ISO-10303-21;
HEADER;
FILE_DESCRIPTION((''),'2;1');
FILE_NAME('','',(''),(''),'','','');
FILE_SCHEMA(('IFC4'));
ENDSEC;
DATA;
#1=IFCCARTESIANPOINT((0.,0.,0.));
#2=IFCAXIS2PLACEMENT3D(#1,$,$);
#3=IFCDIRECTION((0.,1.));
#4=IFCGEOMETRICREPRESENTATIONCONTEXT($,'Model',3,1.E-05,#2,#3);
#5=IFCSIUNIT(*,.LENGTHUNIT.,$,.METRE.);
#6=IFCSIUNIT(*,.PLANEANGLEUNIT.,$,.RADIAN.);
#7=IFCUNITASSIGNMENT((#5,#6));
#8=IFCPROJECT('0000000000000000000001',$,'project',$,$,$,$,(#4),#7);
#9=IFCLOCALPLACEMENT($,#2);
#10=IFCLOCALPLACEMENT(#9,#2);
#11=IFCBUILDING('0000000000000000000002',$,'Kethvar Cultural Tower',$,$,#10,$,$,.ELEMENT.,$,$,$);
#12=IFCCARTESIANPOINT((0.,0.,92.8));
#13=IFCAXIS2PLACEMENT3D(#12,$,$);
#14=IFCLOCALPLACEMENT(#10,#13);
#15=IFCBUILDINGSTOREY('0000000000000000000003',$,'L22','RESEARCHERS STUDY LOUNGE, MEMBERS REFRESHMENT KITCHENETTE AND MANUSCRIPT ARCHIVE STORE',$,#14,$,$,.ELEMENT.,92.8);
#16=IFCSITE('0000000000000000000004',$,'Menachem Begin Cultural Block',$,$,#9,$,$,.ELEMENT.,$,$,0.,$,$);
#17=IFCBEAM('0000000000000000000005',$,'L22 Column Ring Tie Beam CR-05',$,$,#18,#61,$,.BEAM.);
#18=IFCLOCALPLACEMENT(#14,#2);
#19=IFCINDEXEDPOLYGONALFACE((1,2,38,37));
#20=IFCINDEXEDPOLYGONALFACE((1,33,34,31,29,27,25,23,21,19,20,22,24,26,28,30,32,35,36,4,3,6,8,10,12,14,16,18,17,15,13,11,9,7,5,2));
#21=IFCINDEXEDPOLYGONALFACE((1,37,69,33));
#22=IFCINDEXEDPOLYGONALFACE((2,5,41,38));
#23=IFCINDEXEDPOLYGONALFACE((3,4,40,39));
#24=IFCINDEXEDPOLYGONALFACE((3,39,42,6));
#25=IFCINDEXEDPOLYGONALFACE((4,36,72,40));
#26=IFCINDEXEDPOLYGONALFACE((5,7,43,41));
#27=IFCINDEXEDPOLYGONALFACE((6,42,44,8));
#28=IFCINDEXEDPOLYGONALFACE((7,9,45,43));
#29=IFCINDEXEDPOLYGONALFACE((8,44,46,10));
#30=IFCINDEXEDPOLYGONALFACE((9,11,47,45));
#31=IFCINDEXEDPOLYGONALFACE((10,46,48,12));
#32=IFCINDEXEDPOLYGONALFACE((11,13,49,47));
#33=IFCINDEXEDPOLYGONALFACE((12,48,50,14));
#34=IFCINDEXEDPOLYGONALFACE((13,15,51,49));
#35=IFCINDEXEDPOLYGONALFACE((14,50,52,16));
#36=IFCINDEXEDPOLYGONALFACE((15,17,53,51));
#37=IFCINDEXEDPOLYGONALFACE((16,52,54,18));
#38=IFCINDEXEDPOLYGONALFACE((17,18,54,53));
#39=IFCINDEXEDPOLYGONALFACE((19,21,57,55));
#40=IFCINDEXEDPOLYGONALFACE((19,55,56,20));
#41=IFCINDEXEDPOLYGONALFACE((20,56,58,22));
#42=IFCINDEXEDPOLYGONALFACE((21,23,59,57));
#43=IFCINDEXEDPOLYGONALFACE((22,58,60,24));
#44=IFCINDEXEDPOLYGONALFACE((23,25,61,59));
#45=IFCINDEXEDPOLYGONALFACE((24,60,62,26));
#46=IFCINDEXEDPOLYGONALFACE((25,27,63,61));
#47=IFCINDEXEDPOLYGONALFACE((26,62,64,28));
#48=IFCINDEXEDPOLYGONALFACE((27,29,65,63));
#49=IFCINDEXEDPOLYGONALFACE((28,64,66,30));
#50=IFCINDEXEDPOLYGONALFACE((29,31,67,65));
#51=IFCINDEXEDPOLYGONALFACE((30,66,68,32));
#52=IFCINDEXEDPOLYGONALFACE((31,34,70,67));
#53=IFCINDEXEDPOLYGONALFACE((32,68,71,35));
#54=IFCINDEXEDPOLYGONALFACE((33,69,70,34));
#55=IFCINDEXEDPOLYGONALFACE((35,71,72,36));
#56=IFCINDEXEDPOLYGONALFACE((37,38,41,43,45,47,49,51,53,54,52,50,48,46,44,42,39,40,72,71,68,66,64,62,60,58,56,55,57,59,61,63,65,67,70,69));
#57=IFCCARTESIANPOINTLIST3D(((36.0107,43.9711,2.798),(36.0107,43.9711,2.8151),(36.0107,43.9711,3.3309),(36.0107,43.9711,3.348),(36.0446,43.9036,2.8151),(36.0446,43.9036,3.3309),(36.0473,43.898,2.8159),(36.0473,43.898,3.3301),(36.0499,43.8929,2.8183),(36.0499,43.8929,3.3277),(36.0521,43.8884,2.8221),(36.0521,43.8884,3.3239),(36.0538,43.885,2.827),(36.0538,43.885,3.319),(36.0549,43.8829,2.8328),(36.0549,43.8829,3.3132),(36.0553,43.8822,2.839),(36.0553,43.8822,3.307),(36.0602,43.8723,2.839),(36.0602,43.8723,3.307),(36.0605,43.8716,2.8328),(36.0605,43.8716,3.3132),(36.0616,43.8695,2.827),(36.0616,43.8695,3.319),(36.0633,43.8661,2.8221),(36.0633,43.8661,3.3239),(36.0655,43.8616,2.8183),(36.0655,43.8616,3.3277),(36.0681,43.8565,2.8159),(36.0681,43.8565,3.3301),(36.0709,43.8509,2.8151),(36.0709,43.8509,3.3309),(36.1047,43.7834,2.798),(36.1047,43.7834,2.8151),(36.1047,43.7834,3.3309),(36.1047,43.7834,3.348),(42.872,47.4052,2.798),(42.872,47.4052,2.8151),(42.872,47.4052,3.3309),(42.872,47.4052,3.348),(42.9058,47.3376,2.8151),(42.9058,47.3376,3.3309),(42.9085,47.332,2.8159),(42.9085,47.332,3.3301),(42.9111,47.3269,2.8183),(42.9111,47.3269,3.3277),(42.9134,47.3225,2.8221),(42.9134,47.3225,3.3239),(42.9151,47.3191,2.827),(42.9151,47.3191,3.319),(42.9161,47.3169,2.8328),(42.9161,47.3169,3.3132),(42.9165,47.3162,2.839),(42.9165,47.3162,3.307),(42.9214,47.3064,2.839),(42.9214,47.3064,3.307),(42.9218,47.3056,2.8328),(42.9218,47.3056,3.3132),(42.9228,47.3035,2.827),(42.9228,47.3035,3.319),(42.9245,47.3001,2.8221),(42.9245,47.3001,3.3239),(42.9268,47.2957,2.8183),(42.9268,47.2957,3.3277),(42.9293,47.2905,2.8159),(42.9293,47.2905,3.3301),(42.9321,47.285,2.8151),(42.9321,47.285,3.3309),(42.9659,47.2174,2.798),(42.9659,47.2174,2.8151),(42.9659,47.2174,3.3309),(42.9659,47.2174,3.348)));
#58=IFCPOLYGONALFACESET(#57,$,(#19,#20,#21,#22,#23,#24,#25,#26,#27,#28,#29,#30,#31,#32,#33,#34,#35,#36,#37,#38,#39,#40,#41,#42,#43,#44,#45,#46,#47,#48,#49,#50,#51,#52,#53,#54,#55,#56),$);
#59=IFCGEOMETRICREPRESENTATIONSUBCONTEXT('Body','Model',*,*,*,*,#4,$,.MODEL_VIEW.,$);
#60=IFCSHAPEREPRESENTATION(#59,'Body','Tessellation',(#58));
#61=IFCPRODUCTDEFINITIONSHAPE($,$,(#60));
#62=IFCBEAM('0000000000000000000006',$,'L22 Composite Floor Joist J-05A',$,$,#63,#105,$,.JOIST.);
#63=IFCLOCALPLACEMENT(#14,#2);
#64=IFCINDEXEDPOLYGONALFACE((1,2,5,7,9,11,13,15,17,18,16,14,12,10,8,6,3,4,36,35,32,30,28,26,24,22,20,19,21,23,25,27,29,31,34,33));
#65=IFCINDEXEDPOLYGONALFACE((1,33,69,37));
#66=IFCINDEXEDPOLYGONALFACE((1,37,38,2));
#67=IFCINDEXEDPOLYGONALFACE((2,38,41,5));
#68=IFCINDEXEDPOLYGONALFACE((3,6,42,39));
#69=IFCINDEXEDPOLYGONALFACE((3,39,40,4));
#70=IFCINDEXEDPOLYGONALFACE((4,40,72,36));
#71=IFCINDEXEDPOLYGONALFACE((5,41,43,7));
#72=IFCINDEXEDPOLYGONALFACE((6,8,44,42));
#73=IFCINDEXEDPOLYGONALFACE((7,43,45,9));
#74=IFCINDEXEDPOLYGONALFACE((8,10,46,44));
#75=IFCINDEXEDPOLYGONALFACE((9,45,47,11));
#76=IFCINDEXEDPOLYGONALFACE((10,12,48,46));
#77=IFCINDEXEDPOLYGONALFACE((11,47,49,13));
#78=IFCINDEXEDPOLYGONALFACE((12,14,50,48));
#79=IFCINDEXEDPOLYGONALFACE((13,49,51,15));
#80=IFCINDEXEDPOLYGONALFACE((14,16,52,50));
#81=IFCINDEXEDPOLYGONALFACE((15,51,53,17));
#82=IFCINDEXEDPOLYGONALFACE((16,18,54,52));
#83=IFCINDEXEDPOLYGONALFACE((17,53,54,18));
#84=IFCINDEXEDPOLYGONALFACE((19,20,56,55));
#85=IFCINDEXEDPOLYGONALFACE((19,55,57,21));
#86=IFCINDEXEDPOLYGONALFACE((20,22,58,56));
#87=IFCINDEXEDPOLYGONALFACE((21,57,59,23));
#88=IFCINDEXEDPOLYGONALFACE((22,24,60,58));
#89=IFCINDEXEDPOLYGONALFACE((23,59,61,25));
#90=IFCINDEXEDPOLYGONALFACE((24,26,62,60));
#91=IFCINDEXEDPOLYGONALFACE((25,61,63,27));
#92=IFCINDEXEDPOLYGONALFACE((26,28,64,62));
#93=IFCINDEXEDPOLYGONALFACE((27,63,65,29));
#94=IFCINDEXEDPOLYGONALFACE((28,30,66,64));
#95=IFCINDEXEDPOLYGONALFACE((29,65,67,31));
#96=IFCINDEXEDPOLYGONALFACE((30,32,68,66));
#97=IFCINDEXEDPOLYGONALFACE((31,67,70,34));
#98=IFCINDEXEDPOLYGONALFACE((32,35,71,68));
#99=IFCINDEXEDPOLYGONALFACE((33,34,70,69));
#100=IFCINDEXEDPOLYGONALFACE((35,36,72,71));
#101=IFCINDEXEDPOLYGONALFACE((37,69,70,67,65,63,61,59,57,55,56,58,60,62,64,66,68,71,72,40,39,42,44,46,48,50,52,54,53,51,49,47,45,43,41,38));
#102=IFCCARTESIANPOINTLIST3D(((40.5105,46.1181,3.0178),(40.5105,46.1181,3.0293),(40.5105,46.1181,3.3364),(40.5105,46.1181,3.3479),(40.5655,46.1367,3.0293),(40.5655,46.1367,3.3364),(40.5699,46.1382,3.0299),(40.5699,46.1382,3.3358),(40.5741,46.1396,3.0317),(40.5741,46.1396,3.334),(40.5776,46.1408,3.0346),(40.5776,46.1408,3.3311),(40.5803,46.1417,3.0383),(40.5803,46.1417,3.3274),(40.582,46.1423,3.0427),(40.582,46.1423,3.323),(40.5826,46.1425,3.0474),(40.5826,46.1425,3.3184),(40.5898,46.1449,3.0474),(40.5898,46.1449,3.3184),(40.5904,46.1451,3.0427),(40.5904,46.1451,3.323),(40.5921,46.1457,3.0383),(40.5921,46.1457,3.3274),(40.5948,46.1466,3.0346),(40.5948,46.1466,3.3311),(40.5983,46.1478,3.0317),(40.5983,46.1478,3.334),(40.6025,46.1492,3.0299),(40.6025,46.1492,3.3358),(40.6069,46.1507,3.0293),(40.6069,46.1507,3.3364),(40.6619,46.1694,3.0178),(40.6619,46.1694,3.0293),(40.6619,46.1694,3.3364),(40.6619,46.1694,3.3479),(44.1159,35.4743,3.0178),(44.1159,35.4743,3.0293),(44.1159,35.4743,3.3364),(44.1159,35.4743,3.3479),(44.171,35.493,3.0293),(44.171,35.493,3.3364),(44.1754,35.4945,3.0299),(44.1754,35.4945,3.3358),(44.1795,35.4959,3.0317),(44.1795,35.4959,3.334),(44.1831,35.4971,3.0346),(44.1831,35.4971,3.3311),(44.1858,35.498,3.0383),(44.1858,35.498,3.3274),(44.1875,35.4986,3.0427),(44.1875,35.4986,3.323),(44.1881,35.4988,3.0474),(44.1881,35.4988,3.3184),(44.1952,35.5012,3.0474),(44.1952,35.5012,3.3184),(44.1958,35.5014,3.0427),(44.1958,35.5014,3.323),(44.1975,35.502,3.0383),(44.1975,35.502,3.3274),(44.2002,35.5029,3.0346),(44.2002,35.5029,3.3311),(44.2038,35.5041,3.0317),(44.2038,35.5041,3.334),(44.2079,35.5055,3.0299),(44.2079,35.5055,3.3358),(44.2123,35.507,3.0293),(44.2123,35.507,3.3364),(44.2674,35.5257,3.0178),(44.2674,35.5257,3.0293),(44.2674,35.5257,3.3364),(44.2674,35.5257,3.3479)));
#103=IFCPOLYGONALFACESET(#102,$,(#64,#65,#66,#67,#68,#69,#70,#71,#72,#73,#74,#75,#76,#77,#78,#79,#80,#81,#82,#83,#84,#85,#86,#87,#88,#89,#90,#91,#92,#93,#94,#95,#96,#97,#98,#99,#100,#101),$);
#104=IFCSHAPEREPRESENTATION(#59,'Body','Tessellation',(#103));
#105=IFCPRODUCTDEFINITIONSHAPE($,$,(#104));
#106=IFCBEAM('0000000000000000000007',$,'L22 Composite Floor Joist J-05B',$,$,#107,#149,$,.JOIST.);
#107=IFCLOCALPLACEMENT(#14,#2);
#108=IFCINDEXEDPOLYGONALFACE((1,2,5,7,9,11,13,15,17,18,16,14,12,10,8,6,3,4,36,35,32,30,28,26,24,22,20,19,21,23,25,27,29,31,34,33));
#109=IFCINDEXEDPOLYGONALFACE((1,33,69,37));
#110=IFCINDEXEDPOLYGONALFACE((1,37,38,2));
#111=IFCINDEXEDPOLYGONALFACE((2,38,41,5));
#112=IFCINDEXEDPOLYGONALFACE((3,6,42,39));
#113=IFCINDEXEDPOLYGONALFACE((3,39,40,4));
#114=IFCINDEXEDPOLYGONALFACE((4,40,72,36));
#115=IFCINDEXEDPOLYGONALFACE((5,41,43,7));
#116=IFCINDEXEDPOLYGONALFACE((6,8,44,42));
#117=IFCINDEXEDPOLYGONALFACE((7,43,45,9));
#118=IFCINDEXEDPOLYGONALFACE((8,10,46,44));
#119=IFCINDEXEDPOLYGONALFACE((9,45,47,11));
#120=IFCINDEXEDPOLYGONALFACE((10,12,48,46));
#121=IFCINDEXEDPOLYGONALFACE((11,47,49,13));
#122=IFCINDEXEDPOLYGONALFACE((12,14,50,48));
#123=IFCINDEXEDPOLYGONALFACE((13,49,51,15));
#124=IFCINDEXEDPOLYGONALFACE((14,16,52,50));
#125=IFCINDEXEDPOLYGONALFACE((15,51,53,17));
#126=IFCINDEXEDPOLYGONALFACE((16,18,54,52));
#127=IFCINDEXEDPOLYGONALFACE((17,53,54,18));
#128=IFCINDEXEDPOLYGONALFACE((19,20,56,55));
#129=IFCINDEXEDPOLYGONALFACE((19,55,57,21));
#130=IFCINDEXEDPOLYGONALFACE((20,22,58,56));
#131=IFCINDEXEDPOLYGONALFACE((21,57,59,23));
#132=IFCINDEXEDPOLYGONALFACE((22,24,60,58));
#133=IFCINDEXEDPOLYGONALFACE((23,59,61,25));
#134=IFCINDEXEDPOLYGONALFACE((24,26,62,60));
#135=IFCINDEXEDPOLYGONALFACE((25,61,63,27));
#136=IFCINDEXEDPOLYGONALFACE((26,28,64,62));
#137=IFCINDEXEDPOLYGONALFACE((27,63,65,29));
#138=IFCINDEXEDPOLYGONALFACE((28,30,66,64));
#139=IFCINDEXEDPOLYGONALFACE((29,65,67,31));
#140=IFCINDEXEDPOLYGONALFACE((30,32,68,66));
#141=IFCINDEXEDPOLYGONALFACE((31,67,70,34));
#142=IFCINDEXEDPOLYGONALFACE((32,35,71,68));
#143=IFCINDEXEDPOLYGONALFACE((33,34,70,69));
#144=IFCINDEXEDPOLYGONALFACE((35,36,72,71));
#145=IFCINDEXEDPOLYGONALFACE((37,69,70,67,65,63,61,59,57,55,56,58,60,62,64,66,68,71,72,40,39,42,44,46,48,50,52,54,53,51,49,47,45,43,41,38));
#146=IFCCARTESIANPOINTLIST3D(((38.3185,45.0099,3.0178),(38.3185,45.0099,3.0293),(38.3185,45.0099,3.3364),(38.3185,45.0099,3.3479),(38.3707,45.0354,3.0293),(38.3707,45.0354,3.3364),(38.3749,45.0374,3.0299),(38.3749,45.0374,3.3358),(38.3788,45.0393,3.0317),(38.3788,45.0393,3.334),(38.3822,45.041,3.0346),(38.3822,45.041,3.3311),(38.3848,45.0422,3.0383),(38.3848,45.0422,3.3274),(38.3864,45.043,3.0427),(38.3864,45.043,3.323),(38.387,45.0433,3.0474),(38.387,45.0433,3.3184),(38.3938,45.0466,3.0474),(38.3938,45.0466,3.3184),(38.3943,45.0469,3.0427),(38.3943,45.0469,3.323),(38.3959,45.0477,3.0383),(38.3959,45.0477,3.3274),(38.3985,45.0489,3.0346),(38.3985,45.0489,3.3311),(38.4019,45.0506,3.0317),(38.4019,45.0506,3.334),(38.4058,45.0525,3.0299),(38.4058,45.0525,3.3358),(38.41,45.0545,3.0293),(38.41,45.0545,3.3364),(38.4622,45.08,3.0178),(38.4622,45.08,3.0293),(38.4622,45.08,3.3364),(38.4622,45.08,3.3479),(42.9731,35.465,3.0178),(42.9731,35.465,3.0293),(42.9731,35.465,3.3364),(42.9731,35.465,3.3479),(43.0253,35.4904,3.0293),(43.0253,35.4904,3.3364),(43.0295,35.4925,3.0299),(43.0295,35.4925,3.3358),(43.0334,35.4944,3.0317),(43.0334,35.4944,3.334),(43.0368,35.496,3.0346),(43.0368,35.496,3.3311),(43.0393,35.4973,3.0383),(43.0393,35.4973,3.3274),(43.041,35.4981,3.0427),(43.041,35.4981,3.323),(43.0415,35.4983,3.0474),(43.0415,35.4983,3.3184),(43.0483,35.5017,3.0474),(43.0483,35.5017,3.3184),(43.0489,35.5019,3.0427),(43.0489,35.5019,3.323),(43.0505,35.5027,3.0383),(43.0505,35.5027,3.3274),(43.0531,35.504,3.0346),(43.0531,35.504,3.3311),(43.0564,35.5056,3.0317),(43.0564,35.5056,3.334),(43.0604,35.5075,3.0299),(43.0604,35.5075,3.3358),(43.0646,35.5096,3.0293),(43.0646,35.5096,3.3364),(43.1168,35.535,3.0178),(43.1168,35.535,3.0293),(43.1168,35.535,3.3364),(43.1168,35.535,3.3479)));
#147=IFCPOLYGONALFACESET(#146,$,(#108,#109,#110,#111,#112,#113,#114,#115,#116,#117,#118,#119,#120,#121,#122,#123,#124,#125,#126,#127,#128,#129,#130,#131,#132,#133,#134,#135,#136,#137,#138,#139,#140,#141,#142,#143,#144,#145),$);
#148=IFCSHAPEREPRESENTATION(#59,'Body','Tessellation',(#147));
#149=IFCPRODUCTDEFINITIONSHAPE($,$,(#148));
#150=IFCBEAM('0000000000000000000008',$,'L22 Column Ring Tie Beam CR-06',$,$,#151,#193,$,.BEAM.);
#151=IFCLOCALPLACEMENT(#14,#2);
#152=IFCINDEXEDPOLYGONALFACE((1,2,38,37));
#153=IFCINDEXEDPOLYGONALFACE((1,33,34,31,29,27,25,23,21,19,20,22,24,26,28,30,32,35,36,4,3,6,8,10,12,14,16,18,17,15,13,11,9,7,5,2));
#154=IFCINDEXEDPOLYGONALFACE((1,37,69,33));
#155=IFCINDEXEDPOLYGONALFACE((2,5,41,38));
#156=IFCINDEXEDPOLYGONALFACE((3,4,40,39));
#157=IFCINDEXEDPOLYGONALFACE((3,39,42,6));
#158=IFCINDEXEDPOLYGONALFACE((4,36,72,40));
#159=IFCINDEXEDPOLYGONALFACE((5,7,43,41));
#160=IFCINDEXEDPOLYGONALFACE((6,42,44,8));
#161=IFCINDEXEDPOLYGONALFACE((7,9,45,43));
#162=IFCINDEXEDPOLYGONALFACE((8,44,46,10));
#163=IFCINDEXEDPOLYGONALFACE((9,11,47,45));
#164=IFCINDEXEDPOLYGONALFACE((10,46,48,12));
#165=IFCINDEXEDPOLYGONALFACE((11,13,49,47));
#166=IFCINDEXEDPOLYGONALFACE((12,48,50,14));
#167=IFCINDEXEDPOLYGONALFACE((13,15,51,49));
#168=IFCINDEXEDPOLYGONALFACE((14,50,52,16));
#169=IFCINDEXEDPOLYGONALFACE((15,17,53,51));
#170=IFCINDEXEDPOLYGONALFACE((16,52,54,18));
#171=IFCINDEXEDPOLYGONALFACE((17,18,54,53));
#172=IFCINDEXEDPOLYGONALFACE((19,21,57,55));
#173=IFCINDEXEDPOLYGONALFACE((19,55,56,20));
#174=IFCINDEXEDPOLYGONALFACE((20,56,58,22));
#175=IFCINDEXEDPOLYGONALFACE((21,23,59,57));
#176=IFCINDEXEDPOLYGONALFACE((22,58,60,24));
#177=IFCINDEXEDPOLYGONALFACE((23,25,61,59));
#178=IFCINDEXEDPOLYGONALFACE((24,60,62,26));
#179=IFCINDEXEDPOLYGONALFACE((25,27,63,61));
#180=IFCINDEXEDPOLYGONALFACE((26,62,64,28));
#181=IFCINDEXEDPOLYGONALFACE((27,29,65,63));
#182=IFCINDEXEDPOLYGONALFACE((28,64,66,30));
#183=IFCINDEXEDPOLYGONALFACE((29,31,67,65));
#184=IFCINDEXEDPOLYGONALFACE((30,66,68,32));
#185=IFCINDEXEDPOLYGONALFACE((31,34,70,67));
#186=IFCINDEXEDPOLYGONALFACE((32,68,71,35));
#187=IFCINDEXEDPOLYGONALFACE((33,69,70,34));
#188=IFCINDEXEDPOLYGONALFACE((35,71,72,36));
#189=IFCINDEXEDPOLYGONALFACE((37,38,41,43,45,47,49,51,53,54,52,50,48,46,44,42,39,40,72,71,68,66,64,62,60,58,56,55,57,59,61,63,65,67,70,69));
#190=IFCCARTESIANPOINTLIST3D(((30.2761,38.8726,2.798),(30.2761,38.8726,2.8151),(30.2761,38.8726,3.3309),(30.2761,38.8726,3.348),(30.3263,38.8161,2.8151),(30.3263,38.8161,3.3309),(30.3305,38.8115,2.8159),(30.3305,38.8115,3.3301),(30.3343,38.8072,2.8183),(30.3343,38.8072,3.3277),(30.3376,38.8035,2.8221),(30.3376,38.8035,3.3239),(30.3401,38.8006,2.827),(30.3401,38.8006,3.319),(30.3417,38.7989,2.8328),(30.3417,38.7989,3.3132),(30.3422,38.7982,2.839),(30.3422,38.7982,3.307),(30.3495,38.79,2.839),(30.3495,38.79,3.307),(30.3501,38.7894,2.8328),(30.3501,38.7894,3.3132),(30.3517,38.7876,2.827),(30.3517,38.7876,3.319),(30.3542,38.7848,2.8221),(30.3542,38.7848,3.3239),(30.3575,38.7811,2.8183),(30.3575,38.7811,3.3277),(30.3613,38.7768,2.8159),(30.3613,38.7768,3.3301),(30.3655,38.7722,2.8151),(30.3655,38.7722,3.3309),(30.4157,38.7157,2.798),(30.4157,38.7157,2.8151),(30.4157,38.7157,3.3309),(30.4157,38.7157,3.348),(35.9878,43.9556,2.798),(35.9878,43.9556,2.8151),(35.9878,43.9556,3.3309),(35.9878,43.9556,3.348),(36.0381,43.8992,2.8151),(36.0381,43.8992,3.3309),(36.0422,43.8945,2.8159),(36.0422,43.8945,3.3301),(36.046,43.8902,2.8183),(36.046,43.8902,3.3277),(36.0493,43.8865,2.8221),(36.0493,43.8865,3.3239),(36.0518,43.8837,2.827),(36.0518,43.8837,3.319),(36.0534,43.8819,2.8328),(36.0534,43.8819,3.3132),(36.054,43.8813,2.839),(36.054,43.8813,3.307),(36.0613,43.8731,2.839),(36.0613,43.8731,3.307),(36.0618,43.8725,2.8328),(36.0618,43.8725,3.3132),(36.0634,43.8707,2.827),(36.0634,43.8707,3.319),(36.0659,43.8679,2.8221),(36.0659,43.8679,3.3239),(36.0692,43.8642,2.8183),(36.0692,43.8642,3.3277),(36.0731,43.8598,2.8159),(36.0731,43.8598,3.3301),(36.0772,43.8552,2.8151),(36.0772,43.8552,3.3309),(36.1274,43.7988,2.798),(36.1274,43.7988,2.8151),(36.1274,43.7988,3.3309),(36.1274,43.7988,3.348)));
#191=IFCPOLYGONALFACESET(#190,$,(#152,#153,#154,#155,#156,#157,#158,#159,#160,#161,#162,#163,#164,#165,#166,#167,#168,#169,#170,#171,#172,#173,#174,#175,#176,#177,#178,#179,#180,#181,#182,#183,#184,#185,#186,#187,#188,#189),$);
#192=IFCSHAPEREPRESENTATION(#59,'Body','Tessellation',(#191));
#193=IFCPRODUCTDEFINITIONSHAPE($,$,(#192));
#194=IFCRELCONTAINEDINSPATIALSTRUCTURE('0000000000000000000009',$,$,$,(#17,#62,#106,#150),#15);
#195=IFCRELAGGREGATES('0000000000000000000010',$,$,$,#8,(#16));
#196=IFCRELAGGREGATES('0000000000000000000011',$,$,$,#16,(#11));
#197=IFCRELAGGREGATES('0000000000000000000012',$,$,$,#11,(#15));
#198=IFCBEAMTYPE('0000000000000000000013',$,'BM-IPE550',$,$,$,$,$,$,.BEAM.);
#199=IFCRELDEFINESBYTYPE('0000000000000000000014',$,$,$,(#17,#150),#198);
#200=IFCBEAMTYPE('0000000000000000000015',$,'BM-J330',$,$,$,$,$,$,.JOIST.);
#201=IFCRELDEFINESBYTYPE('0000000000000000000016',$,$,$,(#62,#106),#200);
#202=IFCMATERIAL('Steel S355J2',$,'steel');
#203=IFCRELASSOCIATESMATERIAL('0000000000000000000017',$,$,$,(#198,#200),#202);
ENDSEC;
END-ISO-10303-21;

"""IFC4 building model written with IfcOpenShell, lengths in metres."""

from ifc_helpers import new_model, si_unit, direction, frame, origin, origin_2d, place, context, subcontext, project, spatial, i_section, extrude, source, transform, mapped, material, material_profile, profile_set, type_object, element, save


model = new_model("IFC4")

# Units and contexts
model_context = context("Model", 3, precision=1e-05, world=origin(), true_north=direction((0.0, 1.0)))
body_context = subcontext(model_context, "Body", "Model", "MODEL_VIEW")
ifc_project = project(units=[si_unit("LENGTHUNIT", "METRE"), si_unit("PLANEANGLEUNIT", "RADIAN")], contexts=[model_context])

# Site, building, storey
site_placement = place(None, origin())
site = spatial("IfcSite", under=ifc_project, at=site_placement, Name="Menachem Begin Cultural Block", CompositionType="ELEMENT", RefElevation=0.0)
building_placement = place(site_placement, origin())
building = spatial("IfcBuilding", under=site, at=building_placement, Name="Kethvar Cultural Tower", CompositionType="ELEMENT")
storey_placement = place(building_placement, frame((0.0, 0.0, 92.8)))
storey = spatial("IfcBuildingStorey", under=building, at=storey_placement, Name="L22", Description="RESEARCHERS STUDY LOUNGE, MEMBERS REFRESHMENT KITCHENETTE AND MANUSCRIPT ARCHIVE STORE", CompositionType="ELEMENT", Elevation=92.8)

# Beams
ifc_material_1 = material(Name="Steel S355J2", Category="steel")
ifc_material_profile_1 = material_profile(ifc_material_1, i_section(OverallWidth=0.21, OverallDepth=0.55, WebThickness=0.011, FlangeThickness=0.0171, FilletRadius=0.0239, at=origin_2d()), Name="Steel S355J2 — IPE550")
ifc_profile_set_1 = profile_set([ifc_material_profile_1], Name="Steel S355J2 — IPE550")
beam_type_1 = type_object("IfcBeamType", Name="BM-IPE550", PredefinedType="BEAM", material=ifc_profile_set_1)
ifc_material_profile_2 = material_profile(ifc_material_1, i_section(OverallWidth=0.1599, OverallDepth=0.3301, WebThickness=0.0076, FlangeThickness=0.0115, FilletRadius=0.0181, at=origin_2d()), Name="Steel S355J2 — IPE330")
ifc_profile_set_2 = profile_set([ifc_material_profile_2], Name="Steel S355J2 — IPE330")
beam_type_2 = type_object("IfcBeamType", Name="BM-J330", PredefinedType="JOIST", material=ifc_profile_set_2)
shared_shape_1 = source(origin(), body_context, "Body", "SweptSolid", [
    extrude(i_section(OverallWidth=0.21, OverallDepth=0.55, WebThickness=0.011, FlangeThickness=0.0171, FilletRadius=0.0239, at=origin_2d()), origin(), (0.0, 0.0, 1.0), 7.6726),
])
beam_1_placement = place(storey_placement, frame((42.9189, 47.3113, 3.073), z_axis=(-0.894249, -0.44757, 0.0), x_axis=(0.44757, -0.894249, 0.0)))
element("IfcBeam", 1, at=beam_1_placement, inside=storey, type_object=beam_type_1, Name="L22 Column Ring Tie Beam CR-05", PredefinedType="BEAM", context=body_context, shape_type="MappedRepresentation", body=[
    mapped(shared_shape_1, transform((0.0, 0.0, 0.0), scale=1.0)),
])
shared_shape_2 = source(origin(), body_context, "Body", "SweptSolid", [
    extrude(i_section(OverallWidth=0.1599, OverallDepth=0.3301, WebThickness=0.0076, FlangeThickness=0.0115, FilletRadius=0.0181, at=origin_2d()), origin(), (0.0, 0.0, 1.0), 11.2378),
])
beam_2_placement = place(storey_placement, frame((44.1917, 35.5, 3.1829), z_axis=(-0.320832, 0.947136, 0.0), x_axis=(-0.947136, -0.320832, 0.0)))
element("IfcBeam", 2, at=beam_2_placement, inside=storey, type_object=beam_type_2, Name="L22 Composite Floor Joist J-05A", PredefinedType="JOIST", context=body_context, shape_type="MappedRepresentation", body=[
    mapped(shared_shape_2, transform((0.0, 0.0, 0.0), scale=1.0)),
])
shared_shape_3 = source(origin(), body_context, "Body", "SweptSolid", [
    extrude(i_section(OverallWidth=0.1599, OverallDepth=0.3301, WebThickness=0.0076, FlangeThickness=0.0115, FilletRadius=0.0181, at=origin_2d()), origin(), (0.0, 0.0, 1.0), 10.6194),
])
beam_3_placement = place(storey_placement, frame((43.0449, 35.5, 3.1829), z_axis=(-0.438308, 0.898825, 0.0), x_axis=(-0.898825, -0.438308, 0.0)))
element("IfcBeam", 3, at=beam_3_placement, inside=storey, type_object=beam_type_2, Name="L22 Composite Floor Joist J-05B", PredefinedType="JOIST", context=body_context, shape_type="MappedRepresentation", body=[
    mapped(shared_shape_3, transform((0.0, 0.0, 0.0), scale=1.0)),
])
shared_shape_4 = source(origin(), body_context, "Body", "SweptSolid", [
    extrude(i_section(OverallWidth=0.21, OverallDepth=0.55, WebThickness=0.011, FlangeThickness=0.0171, FilletRadius=0.0239, at=origin_2d()), origin(), (0.0, 0.0, 1.0), 7.646),
])
beam_4_placement = place(storey_placement, frame((36.0576, 43.8772, 3.073), z_axis=(-0.747022, -0.6648, 0.0), x_axis=(0.6648, -0.747022, 0.0)))
element("IfcBeam", 4, at=beam_4_placement, inside=storey, type_object=beam_type_1, Name="L22 Column Ring Tie Beam CR-06", PredefinedType="BEAM", context=body_context, shape_type="MappedRepresentation", body=[
    mapped(shared_shape_4, transform((0.0, 0.0, 0.0), scale=1.0)),
])

save(model, "model.ifc")
